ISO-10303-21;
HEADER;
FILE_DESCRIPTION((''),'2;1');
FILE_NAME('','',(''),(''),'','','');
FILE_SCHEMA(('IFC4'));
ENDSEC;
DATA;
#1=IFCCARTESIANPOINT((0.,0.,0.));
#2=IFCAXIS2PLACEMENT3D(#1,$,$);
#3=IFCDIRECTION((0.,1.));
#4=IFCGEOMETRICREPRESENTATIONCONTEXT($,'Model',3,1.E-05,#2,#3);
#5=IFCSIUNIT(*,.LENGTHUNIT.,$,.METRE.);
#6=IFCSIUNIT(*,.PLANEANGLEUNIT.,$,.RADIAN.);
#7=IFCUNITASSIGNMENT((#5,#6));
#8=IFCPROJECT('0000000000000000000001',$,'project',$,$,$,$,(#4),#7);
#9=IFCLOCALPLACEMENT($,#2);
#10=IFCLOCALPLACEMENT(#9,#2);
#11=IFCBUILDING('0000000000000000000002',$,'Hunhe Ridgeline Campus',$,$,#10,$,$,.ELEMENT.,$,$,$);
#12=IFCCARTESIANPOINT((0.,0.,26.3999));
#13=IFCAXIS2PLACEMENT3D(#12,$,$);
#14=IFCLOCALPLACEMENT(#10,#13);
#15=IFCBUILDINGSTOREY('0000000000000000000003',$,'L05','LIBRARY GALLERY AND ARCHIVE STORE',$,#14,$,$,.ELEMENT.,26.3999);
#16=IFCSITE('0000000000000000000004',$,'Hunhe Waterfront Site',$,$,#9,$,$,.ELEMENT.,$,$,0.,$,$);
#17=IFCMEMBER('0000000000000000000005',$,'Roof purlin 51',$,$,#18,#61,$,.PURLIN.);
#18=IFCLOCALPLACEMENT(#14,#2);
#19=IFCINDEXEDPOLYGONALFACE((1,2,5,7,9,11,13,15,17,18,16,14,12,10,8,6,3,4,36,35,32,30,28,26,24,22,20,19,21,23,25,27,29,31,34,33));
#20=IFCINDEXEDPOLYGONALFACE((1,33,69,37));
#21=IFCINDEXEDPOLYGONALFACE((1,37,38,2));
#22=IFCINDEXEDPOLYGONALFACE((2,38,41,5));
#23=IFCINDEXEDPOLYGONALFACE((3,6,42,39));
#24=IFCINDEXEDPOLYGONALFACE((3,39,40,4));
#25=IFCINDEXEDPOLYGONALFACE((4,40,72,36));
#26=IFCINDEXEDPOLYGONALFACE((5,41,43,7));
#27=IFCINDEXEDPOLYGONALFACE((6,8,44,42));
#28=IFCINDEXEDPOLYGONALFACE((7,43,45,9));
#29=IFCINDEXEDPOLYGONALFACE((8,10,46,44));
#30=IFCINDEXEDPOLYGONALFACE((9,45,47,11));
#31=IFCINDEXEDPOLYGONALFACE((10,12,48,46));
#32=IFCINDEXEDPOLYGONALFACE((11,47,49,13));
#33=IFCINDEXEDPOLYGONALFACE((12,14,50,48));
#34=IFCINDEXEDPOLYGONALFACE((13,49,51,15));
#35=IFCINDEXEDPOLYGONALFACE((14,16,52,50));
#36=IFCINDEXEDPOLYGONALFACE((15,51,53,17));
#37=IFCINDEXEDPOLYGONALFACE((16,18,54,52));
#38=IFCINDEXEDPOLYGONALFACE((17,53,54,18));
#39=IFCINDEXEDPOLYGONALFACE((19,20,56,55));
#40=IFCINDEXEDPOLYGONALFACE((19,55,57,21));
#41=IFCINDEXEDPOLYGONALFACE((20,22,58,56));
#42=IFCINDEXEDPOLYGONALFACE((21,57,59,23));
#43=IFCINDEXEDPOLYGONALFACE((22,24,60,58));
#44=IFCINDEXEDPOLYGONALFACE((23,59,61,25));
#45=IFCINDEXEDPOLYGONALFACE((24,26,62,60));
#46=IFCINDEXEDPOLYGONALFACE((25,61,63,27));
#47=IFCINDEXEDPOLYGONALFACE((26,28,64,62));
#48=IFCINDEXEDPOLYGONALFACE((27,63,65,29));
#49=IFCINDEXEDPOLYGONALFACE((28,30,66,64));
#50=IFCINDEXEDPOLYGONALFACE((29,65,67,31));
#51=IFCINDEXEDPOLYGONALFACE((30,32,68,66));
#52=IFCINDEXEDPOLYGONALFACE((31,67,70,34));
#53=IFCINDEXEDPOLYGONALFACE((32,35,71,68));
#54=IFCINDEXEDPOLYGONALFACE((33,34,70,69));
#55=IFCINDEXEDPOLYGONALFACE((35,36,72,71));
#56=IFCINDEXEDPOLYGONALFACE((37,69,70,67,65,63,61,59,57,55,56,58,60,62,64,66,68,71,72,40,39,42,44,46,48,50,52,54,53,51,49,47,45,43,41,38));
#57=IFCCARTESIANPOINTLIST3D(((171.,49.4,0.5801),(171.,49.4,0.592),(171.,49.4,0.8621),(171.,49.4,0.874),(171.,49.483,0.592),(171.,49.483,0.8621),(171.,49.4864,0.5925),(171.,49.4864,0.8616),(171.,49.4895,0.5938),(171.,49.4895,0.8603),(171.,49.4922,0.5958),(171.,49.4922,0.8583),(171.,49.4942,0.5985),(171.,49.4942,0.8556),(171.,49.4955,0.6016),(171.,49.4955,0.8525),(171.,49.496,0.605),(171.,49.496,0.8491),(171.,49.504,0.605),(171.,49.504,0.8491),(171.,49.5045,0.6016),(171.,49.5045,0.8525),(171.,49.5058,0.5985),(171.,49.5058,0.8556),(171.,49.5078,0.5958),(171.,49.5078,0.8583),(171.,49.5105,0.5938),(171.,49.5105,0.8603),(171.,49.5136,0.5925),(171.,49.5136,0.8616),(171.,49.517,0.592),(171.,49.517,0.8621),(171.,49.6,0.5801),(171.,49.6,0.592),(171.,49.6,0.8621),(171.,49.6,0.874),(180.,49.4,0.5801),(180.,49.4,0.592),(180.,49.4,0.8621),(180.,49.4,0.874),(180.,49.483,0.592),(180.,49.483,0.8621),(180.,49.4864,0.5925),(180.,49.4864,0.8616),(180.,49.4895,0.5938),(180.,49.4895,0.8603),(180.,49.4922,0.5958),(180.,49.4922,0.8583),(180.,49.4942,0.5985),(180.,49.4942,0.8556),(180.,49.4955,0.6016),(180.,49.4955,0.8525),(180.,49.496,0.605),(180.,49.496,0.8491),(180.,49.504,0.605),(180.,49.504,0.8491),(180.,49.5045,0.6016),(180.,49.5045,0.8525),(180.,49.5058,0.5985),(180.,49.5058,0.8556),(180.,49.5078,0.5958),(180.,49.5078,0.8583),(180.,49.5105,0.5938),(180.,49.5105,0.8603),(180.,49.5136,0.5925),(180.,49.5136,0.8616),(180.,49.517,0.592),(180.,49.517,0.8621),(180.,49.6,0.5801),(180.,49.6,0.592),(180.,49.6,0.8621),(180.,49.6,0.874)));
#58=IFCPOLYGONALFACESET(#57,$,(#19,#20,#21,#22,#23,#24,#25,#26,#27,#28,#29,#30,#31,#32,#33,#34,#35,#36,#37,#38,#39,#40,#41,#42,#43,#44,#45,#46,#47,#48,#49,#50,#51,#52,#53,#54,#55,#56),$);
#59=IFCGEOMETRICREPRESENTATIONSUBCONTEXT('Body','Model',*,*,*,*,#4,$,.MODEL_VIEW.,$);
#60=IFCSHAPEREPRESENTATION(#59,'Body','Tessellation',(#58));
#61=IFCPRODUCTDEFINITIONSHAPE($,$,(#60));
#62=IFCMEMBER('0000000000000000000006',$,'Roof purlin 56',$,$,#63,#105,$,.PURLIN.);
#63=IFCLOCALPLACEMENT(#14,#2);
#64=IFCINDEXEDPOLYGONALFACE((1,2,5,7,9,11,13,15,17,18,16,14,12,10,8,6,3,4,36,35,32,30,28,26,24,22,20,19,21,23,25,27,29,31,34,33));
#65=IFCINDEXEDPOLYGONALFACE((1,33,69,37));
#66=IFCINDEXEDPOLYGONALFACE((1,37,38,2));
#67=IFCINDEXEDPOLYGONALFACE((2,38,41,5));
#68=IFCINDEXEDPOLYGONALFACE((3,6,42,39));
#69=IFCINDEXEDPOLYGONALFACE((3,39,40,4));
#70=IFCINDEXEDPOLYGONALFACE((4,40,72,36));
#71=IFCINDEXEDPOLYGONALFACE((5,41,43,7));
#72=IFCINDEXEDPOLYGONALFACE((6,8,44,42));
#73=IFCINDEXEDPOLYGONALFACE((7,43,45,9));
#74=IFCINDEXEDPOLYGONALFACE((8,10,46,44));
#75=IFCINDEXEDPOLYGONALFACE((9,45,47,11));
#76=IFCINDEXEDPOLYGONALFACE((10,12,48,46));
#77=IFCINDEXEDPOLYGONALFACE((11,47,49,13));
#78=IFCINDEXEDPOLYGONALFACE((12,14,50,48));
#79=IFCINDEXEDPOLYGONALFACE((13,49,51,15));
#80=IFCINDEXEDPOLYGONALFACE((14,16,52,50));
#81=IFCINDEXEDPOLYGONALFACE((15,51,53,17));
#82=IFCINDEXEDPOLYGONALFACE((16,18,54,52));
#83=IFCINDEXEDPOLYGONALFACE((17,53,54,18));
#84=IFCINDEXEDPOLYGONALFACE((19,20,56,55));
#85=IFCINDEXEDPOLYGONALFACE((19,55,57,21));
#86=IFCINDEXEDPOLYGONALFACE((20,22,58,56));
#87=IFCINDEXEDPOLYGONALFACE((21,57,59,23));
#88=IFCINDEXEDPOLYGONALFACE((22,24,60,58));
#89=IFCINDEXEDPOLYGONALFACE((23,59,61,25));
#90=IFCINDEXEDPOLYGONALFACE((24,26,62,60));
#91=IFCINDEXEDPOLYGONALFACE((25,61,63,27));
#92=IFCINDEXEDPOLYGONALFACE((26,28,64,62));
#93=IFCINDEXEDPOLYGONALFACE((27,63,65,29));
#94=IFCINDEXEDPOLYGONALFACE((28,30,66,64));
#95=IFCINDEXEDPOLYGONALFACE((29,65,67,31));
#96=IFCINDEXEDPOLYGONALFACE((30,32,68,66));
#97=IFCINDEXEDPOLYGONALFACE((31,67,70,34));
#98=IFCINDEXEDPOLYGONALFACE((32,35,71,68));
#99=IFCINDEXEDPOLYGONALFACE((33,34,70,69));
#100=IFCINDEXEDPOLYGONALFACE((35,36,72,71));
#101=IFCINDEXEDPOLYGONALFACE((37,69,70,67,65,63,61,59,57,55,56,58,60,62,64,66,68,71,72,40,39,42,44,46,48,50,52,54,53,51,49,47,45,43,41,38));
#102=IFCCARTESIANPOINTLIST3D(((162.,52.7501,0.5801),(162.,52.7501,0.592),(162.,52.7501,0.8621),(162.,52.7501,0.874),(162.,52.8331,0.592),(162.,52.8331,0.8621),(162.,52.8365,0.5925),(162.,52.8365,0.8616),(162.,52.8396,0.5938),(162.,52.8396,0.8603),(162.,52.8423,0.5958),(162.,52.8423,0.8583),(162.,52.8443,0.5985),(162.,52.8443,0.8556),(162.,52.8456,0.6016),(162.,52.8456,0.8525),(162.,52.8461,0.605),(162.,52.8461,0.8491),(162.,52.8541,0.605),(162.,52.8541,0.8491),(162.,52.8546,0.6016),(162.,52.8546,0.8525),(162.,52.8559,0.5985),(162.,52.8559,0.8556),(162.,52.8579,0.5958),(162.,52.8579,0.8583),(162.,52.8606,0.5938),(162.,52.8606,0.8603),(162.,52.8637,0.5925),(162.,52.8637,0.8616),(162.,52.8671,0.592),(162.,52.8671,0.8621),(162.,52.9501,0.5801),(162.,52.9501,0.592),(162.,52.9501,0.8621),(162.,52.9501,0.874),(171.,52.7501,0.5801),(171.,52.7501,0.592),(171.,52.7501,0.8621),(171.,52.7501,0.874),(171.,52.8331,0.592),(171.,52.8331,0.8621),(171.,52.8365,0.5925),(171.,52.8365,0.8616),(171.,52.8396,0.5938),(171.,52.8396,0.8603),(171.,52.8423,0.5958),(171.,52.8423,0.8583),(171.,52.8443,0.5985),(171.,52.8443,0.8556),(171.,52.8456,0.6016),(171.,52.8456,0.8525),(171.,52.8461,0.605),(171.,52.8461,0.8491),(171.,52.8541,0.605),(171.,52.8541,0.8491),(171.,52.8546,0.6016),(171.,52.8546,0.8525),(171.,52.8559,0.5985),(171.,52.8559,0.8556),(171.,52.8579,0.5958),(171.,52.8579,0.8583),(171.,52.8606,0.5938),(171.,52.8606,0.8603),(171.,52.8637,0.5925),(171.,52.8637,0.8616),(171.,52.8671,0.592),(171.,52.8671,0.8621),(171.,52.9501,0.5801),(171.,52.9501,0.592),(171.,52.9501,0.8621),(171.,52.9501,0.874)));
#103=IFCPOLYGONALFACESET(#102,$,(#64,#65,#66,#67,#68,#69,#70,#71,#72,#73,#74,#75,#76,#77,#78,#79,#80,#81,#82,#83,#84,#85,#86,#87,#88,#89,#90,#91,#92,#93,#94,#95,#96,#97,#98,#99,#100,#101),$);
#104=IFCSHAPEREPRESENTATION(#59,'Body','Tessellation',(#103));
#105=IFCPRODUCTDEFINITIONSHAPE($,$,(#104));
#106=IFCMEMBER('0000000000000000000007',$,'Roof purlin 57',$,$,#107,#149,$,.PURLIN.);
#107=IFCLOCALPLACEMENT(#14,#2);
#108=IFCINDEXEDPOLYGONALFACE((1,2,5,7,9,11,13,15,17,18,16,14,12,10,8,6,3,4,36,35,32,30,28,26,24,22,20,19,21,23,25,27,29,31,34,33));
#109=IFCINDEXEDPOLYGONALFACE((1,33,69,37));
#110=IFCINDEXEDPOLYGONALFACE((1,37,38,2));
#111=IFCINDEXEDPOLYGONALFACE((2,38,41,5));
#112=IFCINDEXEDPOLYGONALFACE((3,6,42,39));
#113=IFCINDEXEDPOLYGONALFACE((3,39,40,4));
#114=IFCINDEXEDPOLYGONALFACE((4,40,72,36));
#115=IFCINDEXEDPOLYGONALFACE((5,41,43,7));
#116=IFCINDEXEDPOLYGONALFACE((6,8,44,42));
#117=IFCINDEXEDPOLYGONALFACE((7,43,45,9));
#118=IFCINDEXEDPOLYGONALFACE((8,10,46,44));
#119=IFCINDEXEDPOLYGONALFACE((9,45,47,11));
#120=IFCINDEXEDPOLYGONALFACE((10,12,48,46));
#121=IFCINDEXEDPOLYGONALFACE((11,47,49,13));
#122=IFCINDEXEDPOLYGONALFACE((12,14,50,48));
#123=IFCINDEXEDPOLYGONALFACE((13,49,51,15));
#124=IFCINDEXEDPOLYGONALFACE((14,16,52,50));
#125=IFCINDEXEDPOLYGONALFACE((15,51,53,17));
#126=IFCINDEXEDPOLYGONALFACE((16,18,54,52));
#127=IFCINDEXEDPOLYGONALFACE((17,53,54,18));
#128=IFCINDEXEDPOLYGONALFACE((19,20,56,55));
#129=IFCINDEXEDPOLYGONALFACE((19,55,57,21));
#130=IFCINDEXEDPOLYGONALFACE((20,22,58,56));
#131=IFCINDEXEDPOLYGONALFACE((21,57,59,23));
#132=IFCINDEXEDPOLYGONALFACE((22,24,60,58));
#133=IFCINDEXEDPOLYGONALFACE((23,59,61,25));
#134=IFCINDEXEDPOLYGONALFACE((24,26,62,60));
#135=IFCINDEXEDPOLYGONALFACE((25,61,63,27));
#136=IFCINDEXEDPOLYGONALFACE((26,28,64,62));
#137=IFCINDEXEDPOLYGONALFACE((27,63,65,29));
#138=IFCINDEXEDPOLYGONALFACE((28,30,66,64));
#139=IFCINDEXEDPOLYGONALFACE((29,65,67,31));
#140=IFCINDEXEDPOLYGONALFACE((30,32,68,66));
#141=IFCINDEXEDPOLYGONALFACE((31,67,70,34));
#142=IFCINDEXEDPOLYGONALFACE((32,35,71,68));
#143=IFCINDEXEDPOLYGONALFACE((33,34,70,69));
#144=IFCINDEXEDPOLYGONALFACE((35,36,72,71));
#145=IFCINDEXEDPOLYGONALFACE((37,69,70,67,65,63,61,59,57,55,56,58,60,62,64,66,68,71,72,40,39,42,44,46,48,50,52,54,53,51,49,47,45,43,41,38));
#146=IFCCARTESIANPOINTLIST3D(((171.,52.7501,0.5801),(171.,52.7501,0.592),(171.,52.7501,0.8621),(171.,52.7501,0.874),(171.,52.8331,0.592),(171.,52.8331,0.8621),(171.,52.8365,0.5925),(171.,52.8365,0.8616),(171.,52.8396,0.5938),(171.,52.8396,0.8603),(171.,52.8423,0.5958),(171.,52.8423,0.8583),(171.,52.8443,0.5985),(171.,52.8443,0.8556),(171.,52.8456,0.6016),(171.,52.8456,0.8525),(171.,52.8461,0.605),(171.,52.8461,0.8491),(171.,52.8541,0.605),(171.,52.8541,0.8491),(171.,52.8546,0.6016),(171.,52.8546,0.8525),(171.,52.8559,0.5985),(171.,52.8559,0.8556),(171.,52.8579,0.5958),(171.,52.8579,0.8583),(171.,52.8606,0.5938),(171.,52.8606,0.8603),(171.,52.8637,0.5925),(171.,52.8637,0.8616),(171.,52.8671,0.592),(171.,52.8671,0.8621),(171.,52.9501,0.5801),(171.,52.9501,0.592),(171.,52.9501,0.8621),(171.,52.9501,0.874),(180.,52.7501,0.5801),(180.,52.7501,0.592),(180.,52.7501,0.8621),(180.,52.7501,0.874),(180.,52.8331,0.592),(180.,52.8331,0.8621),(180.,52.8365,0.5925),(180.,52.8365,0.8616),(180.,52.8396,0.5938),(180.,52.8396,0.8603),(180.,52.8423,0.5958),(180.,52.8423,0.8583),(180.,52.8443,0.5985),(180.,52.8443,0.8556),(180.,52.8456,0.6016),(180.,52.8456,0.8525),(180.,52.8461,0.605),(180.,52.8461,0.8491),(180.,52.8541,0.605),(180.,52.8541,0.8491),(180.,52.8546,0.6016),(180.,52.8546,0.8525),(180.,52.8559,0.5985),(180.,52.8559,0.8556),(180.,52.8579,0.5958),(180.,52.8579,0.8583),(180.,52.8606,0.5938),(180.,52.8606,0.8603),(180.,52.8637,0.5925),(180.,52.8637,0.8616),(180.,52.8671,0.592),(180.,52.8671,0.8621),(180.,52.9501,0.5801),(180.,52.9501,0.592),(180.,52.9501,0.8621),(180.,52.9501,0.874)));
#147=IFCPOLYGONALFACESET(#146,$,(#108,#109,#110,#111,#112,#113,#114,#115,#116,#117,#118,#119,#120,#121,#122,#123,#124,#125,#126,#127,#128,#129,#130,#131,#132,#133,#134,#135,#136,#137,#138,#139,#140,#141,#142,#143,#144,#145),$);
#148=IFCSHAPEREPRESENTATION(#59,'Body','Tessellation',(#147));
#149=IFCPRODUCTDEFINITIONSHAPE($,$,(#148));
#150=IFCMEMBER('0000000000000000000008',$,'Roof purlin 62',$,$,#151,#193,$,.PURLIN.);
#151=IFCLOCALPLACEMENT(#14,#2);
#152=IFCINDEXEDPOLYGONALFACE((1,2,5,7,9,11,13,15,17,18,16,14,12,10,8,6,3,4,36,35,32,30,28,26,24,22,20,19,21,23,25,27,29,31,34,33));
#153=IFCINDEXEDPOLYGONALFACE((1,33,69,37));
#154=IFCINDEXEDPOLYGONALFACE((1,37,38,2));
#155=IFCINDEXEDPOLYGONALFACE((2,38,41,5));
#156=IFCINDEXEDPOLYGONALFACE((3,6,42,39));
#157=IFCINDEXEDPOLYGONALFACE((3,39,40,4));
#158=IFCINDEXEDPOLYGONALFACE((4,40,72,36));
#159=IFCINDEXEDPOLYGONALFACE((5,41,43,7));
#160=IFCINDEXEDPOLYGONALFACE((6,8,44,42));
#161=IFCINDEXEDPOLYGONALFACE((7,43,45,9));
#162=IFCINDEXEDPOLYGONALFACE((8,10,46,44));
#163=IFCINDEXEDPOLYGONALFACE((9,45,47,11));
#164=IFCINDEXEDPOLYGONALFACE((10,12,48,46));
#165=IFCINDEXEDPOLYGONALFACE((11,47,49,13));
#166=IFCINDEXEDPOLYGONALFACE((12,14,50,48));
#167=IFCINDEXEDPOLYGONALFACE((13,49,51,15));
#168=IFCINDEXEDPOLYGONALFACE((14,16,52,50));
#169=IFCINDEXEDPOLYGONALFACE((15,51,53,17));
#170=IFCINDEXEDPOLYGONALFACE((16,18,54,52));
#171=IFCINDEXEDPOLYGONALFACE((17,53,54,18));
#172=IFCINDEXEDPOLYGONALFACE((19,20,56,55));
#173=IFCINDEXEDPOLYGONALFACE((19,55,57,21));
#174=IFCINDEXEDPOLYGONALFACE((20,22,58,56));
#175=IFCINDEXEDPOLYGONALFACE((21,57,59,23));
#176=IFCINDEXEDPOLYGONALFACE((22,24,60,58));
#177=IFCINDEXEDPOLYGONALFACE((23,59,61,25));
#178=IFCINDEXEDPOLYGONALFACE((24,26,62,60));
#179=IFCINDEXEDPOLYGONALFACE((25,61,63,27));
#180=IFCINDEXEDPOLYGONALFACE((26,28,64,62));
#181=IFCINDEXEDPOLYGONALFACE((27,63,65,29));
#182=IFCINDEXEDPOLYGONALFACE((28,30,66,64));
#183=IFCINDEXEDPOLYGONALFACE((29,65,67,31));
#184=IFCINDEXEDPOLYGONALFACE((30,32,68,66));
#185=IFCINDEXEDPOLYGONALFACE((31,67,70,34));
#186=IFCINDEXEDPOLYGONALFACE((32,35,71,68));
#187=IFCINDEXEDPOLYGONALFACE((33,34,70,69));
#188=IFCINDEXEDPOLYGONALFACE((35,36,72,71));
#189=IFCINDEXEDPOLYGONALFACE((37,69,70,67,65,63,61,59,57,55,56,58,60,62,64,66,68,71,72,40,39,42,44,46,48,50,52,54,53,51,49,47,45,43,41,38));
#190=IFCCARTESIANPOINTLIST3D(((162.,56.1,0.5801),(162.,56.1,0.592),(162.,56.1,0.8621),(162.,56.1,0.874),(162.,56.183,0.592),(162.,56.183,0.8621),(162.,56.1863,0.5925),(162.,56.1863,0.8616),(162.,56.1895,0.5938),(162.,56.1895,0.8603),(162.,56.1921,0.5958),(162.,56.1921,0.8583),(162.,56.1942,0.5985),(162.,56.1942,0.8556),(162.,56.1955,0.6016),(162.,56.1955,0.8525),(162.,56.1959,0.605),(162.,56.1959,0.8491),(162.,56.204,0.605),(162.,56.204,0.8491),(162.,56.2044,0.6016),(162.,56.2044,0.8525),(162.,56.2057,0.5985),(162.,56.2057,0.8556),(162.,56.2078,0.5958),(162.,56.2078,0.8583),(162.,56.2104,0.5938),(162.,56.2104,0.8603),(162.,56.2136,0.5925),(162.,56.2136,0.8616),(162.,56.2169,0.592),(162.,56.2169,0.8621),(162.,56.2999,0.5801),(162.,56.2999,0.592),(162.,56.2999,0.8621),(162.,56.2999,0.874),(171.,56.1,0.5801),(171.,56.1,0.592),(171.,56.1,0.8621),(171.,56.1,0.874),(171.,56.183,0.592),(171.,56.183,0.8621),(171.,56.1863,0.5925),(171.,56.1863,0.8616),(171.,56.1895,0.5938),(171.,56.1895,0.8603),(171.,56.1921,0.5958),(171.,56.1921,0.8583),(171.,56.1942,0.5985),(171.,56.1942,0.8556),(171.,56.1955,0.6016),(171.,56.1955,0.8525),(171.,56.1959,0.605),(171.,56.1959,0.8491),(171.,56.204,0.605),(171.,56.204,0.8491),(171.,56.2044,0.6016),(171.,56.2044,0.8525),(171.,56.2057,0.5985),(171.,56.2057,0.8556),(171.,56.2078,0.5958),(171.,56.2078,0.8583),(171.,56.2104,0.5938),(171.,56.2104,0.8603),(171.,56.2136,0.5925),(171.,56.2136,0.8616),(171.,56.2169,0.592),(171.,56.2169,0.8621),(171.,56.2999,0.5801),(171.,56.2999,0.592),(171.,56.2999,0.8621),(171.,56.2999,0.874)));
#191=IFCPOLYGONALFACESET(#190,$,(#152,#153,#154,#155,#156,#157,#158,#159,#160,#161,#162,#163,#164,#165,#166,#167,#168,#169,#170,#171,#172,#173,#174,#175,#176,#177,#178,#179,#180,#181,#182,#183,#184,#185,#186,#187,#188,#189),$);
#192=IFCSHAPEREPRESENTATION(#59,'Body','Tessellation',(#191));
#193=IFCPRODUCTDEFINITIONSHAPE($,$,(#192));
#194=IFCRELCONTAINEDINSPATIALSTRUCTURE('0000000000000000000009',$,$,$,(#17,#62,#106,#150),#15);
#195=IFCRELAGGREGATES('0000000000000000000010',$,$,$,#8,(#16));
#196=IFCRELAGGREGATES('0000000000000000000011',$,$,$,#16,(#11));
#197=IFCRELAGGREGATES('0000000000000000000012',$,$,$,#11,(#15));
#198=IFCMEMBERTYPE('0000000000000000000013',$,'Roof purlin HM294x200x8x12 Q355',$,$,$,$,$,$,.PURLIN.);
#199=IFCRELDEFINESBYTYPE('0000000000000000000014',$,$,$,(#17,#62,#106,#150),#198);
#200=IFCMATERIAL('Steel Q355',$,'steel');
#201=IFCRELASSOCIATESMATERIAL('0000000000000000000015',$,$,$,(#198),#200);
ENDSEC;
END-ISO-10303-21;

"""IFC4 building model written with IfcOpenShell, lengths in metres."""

from ifc_helpers import new_model, si_unit, direction, frame, origin, origin_2d, place, context, subcontext, project, spatial, i_section, extrude, material, material_profile, profile_set, type_object, element, save


model = new_model("IFC4")

# Units and contexts
model_context = context("Model", 3, precision=1e-05, world=origin(), true_north=direction((0.0, 1.0)))
body_context = subcontext(model_context, "Body", "Model", "MODEL_VIEW")
ifc_project = project(units=[si_unit("LENGTHUNIT", "METRE"), si_unit("PLANEANGLEUNIT", "RADIAN")], contexts=[model_context])

# Site, building, storey
site_placement = place(None, origin())
site = spatial("IfcSite", under=ifc_project, at=site_placement, Name="Hunhe Waterfront Site", CompositionType="ELEMENT", RefElevation=0.0)
building_placement = place(site_placement, origin())
building = spatial("IfcBuilding", under=site, at=building_placement, Name="Hunhe Ridgeline Campus", CompositionType="ELEMENT")
storey_placement = place(building_placement, frame((0.0, 0.0, 26.3999)))
storey = spatial("IfcBuildingStorey", under=building, at=storey_placement, Name="L05", Description="LIBRARY GALLERY AND ARCHIVE STORE", CompositionType="ELEMENT", Elevation=26.3999)

# Members
ifc_material = material(Name="Steel Q355", Category="steel")
ifc_material_profile_1 = material_profile(ifc_material, i_section(OverallWidth=0.2, OverallDepth=0.2939, WebThickness=0.0081, FlangeThickness=0.012, FilletRadius=0.0129, at=origin_2d()))
ifc_profile_set_1 = profile_set([ifc_material_profile_1], Name="Steel Q355")
member_type_1 = type_object("IfcMemberType", Name="Roof purlin HM294x200x8x12 Q355", PredefinedType="PURLIN", material=ifc_profile_set_1)
for number, where, z_axis, x_axis, name in (
    (1, (171.0, 49.5, 0.7271), (1.0, 0.0, 0.0), (0.0, 1.0, 0.0), "Roof purlin 51"),
    (2, (162.0, 52.8501, 0.7271), (1.0, 0.0, 0.0), (0.0, 1.0, 0.0), "Roof purlin 56"),
    (3, (171.0, 52.8501, 0.7271), (1.0, 0.0, 0.0), (0.0, 1.0, 0.0), "Roof purlin 57"),
    (4, (162.0, 56.2, 0.7271), (1.0, 0.0, 0.0), (0.0, 1.0, 0.0), "Roof purlin 62"),
):
    element("IfcMember", number, at=place(storey_placement, frame(where, z_axis=z_axis, x_axis=x_axis)), inside=storey, type_object=member_type_1, Name=name, PredefinedType="PURLIN", context=body_context, shape_type="SweptSolid", body=[
        extrude(i_section(OverallWidth=0.2, OverallDepth=0.2939, WebThickness=0.0081, FlangeThickness=0.012, FilletRadius=0.0129, at=origin_2d()), origin(), (0.0, 0.0, 1.0), 9.0),
    ])

save(model, "model.ifc")
